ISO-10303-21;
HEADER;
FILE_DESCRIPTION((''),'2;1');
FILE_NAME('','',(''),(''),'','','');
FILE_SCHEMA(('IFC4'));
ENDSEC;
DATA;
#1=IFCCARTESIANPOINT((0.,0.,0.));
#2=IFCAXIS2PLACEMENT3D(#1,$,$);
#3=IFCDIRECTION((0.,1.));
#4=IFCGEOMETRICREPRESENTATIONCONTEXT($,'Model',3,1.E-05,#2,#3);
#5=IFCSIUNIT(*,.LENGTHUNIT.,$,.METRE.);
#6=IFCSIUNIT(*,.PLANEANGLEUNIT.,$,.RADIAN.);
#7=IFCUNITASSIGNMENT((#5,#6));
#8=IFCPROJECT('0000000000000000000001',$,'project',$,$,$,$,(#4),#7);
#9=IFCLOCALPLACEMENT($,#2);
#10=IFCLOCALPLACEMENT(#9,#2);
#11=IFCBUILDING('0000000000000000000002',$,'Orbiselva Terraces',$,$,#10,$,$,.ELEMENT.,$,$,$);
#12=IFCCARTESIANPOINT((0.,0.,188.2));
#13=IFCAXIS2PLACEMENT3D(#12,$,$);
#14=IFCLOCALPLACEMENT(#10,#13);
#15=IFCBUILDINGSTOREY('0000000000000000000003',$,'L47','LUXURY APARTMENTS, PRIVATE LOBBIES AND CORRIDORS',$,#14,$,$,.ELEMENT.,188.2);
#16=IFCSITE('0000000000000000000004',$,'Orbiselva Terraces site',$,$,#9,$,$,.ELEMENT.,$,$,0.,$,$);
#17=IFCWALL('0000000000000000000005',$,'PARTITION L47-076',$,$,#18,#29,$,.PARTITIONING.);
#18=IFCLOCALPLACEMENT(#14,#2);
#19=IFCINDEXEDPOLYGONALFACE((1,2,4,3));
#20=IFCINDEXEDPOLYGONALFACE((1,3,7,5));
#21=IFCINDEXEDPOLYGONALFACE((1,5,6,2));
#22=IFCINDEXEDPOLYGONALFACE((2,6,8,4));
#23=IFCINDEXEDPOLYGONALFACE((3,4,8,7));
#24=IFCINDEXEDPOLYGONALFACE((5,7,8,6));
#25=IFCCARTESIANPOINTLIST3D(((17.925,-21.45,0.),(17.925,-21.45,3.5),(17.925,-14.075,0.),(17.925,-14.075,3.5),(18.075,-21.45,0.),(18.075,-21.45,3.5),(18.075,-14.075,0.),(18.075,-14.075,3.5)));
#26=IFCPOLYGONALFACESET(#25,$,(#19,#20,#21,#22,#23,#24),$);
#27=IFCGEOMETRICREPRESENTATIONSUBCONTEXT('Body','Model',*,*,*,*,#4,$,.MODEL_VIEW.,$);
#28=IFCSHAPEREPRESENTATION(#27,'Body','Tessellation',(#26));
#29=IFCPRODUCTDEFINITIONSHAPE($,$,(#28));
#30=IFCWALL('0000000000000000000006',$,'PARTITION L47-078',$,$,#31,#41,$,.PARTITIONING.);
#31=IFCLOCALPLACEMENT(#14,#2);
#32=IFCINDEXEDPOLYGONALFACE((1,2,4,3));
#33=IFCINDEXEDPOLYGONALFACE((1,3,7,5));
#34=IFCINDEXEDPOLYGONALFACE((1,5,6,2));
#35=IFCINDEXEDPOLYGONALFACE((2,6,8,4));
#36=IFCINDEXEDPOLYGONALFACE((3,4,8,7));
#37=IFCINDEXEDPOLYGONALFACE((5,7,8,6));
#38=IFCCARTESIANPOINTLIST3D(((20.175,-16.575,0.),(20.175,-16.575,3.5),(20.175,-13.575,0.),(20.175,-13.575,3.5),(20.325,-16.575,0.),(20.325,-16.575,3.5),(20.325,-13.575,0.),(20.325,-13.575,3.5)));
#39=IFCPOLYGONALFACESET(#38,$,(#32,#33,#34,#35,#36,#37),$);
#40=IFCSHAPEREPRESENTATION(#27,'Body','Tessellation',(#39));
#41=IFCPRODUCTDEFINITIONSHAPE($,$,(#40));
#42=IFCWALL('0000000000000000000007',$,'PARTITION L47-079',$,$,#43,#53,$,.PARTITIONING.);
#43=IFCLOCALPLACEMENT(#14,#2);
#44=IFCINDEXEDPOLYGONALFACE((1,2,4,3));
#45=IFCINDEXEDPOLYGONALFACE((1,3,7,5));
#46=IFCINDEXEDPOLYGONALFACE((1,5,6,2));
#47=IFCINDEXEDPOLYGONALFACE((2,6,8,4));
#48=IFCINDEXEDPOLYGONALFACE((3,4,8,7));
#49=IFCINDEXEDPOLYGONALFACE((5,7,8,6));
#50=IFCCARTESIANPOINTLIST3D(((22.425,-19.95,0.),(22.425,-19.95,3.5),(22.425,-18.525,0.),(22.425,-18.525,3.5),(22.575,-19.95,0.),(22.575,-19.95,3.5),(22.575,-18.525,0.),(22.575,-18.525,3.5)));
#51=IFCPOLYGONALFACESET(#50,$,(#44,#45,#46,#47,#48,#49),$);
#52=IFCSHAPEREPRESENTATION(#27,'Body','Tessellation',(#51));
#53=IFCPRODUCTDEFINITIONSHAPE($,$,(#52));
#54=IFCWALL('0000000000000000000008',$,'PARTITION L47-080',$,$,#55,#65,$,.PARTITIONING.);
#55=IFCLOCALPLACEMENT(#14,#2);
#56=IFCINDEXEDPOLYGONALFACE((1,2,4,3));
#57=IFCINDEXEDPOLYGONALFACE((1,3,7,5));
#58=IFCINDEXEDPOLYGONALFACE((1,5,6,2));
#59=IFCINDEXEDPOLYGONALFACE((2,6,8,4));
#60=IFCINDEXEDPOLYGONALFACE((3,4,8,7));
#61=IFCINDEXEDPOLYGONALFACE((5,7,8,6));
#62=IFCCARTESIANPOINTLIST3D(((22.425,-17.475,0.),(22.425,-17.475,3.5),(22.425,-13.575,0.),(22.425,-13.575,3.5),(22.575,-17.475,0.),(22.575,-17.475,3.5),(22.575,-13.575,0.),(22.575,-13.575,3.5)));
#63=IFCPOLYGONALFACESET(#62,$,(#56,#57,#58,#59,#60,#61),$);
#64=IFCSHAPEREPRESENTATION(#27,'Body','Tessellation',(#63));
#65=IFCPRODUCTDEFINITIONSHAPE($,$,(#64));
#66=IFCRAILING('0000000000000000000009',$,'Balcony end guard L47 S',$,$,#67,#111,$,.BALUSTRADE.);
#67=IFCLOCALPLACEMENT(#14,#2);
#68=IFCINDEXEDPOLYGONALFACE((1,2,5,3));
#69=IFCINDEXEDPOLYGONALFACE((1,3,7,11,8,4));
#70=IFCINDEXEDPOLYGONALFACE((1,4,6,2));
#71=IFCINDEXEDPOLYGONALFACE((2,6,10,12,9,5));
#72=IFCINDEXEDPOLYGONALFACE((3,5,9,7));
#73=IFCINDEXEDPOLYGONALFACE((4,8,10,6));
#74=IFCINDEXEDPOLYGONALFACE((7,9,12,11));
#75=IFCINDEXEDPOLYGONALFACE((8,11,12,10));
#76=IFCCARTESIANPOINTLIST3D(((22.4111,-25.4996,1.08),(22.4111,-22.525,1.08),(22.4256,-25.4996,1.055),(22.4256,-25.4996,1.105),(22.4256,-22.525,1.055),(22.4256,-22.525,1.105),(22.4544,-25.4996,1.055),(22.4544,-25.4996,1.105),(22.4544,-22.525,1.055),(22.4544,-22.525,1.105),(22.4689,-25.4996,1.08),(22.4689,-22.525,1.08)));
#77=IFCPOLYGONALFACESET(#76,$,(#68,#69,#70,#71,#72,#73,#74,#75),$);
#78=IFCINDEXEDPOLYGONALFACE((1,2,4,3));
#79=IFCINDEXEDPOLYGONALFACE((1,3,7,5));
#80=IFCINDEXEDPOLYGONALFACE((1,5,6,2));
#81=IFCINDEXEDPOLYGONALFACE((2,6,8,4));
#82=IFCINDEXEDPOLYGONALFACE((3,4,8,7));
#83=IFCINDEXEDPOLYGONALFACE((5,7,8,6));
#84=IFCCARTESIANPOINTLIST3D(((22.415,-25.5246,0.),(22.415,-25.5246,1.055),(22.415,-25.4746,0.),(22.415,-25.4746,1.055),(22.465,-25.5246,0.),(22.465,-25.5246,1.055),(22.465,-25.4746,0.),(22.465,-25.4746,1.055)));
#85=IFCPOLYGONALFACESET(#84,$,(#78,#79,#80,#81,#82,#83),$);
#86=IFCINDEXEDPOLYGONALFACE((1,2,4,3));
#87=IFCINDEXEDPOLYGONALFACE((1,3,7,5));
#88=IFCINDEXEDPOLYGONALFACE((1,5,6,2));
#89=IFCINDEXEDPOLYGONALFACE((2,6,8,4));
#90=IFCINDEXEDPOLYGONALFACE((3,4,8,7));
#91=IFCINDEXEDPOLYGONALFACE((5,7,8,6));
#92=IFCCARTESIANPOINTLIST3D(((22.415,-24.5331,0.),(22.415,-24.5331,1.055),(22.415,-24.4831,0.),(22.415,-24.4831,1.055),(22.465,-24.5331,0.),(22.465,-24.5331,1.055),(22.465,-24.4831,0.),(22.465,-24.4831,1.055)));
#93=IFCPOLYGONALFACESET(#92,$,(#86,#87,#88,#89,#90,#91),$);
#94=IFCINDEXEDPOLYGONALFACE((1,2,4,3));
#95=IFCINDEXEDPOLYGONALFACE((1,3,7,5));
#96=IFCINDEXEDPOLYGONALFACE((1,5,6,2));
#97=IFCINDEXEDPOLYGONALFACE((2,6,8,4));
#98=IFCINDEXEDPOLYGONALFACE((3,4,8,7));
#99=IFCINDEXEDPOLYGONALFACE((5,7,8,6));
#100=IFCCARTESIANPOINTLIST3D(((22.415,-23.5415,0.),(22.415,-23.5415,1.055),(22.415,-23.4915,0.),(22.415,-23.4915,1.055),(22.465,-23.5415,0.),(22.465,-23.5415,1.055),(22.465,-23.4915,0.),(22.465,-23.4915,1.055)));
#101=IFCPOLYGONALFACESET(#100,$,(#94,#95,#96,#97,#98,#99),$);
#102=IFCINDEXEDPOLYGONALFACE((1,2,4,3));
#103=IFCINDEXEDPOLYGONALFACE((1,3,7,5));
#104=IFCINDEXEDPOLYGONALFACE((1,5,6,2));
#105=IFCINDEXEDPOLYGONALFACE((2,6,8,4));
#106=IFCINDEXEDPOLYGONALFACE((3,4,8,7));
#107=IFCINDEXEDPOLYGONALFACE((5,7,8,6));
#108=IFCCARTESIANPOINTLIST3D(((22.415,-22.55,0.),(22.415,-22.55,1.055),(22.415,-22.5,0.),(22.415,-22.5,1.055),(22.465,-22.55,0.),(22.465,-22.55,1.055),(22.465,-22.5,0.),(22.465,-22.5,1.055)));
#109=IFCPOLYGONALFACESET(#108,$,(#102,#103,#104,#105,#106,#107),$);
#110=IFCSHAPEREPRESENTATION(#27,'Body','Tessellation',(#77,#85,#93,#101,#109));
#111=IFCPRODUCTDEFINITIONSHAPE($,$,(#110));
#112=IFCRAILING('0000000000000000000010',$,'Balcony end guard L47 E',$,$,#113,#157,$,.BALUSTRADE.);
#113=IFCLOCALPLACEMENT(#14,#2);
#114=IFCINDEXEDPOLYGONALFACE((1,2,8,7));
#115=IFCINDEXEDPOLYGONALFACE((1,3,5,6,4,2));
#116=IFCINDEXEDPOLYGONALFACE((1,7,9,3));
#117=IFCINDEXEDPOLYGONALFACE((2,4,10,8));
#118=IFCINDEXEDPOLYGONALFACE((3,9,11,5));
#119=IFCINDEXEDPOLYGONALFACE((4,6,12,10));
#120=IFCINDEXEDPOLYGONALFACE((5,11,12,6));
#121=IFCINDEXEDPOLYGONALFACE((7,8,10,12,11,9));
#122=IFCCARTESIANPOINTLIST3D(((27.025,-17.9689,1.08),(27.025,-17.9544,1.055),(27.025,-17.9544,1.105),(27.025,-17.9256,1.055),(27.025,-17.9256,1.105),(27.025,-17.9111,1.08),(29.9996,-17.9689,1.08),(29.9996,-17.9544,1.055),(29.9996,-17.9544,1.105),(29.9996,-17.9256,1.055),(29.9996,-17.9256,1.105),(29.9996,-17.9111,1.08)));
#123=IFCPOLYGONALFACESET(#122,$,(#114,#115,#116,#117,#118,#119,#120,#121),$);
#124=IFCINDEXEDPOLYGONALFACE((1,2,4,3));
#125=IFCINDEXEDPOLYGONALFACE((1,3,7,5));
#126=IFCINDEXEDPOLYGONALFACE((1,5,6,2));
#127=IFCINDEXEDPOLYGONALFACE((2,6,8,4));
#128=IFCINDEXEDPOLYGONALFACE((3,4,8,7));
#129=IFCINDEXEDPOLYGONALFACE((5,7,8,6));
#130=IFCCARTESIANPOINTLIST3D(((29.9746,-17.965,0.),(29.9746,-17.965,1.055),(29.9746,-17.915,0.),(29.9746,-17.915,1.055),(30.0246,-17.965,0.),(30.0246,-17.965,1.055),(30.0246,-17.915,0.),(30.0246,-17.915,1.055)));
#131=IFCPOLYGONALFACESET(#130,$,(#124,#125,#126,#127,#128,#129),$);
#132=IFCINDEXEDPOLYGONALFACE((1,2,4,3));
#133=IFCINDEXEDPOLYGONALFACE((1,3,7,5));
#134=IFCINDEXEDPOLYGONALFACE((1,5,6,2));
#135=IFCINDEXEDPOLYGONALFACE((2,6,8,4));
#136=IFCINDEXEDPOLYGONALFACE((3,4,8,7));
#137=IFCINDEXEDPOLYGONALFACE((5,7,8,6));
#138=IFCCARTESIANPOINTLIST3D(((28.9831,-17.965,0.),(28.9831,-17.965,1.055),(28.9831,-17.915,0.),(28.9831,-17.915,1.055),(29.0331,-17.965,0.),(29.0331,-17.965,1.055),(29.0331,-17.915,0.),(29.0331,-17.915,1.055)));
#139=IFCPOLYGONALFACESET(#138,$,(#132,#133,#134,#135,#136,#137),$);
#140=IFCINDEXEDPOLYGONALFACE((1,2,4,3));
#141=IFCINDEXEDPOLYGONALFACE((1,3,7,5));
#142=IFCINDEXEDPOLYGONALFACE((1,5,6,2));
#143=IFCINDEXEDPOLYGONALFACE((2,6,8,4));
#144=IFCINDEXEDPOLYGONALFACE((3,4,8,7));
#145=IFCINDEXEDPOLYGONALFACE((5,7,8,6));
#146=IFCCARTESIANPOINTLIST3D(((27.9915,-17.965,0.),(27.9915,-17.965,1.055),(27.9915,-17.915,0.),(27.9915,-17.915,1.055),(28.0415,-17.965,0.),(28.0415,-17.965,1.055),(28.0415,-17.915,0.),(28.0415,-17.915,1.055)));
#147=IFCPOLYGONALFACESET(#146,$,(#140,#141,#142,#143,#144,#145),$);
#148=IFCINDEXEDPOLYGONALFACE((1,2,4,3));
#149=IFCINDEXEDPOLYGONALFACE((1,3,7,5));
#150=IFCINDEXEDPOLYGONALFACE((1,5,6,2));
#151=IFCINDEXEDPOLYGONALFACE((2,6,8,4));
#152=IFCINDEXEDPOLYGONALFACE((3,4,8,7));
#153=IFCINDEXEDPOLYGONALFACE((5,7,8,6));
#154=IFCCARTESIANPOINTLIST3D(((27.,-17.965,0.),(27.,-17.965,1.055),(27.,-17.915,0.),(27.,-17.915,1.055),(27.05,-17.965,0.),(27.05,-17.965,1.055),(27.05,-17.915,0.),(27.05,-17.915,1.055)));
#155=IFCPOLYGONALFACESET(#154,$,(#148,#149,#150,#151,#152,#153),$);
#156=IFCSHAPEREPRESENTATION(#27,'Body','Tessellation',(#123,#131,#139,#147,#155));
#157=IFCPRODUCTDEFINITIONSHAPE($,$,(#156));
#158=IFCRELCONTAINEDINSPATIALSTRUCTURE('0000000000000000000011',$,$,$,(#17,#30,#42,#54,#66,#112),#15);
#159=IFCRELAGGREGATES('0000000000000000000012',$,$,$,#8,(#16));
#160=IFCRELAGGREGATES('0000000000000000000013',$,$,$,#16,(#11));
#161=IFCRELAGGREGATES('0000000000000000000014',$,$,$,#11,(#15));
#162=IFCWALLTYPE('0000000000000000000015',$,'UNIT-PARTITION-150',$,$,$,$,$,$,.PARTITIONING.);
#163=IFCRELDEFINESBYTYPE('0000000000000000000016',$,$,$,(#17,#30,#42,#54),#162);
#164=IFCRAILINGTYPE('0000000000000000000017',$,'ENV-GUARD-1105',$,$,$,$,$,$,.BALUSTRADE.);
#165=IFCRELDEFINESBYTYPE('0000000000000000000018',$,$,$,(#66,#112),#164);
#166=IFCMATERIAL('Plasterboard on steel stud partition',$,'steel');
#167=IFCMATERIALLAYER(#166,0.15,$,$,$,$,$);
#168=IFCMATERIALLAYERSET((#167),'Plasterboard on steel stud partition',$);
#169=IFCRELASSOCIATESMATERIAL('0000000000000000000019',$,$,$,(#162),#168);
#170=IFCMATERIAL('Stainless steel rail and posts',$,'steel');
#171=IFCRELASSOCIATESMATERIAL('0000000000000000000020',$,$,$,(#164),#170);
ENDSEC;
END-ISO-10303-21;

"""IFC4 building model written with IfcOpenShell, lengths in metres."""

from ifc_helpers import new_model, si_unit, direction, frame, frame_2d, origin, origin_2d, place, context, subcontext, project, spatial, polyline, rectangle, outline, extrude, material, layer, layer_set, type_object, element, save


model = new_model("IFC4")

# Units and contexts
model_context = context("Model", 3, precision=1e-05, world=origin(), true_north=direction((0.0, 1.0)))
body_context = subcontext(model_context, "Body", "Model", "MODEL_VIEW")
ifc_project = project(units=[si_unit("LENGTHUNIT", "METRE"), si_unit("PLANEANGLEUNIT", "RADIAN")], contexts=[model_context])

# Site, building, storey
site_placement = place(None, origin())
site = spatial("IfcSite", under=ifc_project, at=site_placement, Name="Orbiselva Terraces site", CompositionType="ELEMENT", RefElevation=0.0)
building_placement = place(site_placement, origin())
building = spatial("IfcBuilding", under=site, at=building_placement, Name="Orbiselva Terraces", CompositionType="ELEMENT")
storey_placement = place(building_placement, frame((0.0, 0.0, 188.2)))
storey = spatial("IfcBuildingStorey", under=building, at=storey_placement, Name="L47", Description="LUXURY APARTMENTS, PRIVATE LOBBIES AND CORRIDORS", CompositionType="ELEMENT", Elevation=188.2)

# Walls
ifc_material_1 = material(Name="Plasterboard on steel stud partition", Category="steel")
ifc_layer_1 = layer(ifc_material_1, 0.15)
ifc_layer_set_1 = layer_set([ifc_layer_1], Name="Plasterboard on steel stud partition")
wall_type_1 = type_object("IfcWallType", Name="UNIT-PARTITION-150", PredefinedType="PARTITIONING", material=ifc_layer_set_1)
wall_1_placement = place(storey_placement, frame((18.0, -21.45, 0.0), z_axis=(0.0, 0.0, 1.0), x_axis=(0.0, 1.0, 0.0)))
element("IfcWall", 1, at=wall_1_placement, inside=storey, type_object=wall_type_1, Name="PARTITION L47-076", PredefinedType="PARTITIONING", context=body_context, shape_type="SweptSolid", body=[
    extrude(rectangle(XDim=7.375, YDim=0.15, at=frame_2d((3.6875, 0.0))), origin(), (0.0, 0.0, 1.0), 3.5),
])
wall_2_placement = place(storey_placement, frame((20.25, -16.575, 0.0), z_axis=(0.0, 0.0, 1.0), x_axis=(0.0, 1.0, 0.0)))
element("IfcWall", 2, at=wall_2_placement, inside=storey, type_object=wall_type_1, Name="PARTITION L47-078", PredefinedType="PARTITIONING", context=body_context, shape_type="SweptSolid", body=[
    extrude(rectangle(XDim=3.0, YDim=0.15, at=frame_2d((1.5, 0.0))), origin(), (0.0, 0.0, 1.0), 3.5),
])
wall_3_placement = place(storey_placement, frame((22.5, -19.95, 0.0), z_axis=(0.0, 0.0, 1.0), x_axis=(0.0, 1.0, 0.0)))
element("IfcWall", 3, at=wall_3_placement, inside=storey, type_object=wall_type_1, Name="PARTITION L47-079", PredefinedType="PARTITIONING", context=body_context, shape_type="SweptSolid", body=[
    extrude(rectangle(XDim=1.425, YDim=0.15, at=frame_2d((0.7125, 0.0))), origin(), (0.0, 0.0, 1.0), 3.5),
])
wall_4_placement = place(storey_placement, frame((22.5, -17.475, 0.0), z_axis=(0.0, 0.0, 1.0), x_axis=(0.0, 1.0, 0.0)))
element("IfcWall", 4, at=wall_4_placement, inside=storey, type_object=wall_type_1, Name="PARTITION L47-080", PredefinedType="PARTITIONING", context=body_context, shape_type="SweptSolid", body=[
    extrude(rectangle(XDim=3.9, YDim=0.15, at=frame_2d((1.95, 0.0))), origin(), (0.0, 0.0, 1.0), 3.5),
])

# Railings
ifc_material_2 = material(Name="Stainless steel rail and posts", Category="steel")
railing_type_1 = type_object("IfcRailingType", Name="ENV-GUARD-1105", PredefinedType="BALUSTRADE", material=ifc_material_2)
railing_1_placement = place(storey_placement, frame((22.44, -25.4996, 0.0)))
element("IfcRailing", 5, at=railing_1_placement, inside=storey, type_object=railing_type_1, Name="Balcony end guard L47 S", PredefinedType="BALUSTRADE", context=body_context, shape_type="SweptSolid", body=[
    extrude(outline(polyline([(0.0289, 0.0), (0.0144, 0.025), (-0.0144, 0.025), (-0.0289, 0.0), (-0.0144, -0.025), (0.0144, -0.025), (0.0289, 0.0)])), frame((0.0, 0.0, 1.08), z_axis=(0.0, 1.0, 0.0), x_axis=(-1.0, 0.0, 0.0)), (0.0, 0.0, 1.0), 2.9746),
    extrude(rectangle(XDim=0.05, YDim=0.05, at=origin_2d()), origin(), (0.0, 0.0, 1.0), 1.055),
    extrude(rectangle(XDim=0.05, YDim=0.05, at=origin_2d()), frame((0.0, 0.9915, 0.0)), (0.0, 0.0, 1.0), 1.055),
    extrude(rectangle(XDim=0.05, YDim=0.05, at=origin_2d()), frame((0.0, 1.9831, 0.0)), (0.0, 0.0, 1.0), 1.055),
    extrude(rectangle(XDim=0.05, YDim=0.05, at=origin_2d()), frame((0.0, 2.9746, 0.0)), (0.0, 0.0, 1.0), 1.055),
])
railing_2_placement = place(storey_placement, frame((29.9996, -17.94, 0.0)))
element("IfcRailing", 6, at=railing_2_placement, inside=storey, type_object=railing_type_1, Name="Balcony end guard L47 E", PredefinedType="BALUSTRADE", context=body_context, shape_type="SweptSolid", body=[
    extrude(outline(polyline([(0.0289, 0.0), (0.0144, 0.025), (-0.0144, 0.025), (-0.0289, 0.0), (-0.0144, -0.025), (0.0144, -0.025), (0.0289, 0.0)])), frame((0.0, 0.0, 1.08), z_axis=(-1.0, 0.0, 0.0), x_axis=(0.0, -1.0, 0.0)), (0.0, 0.0, 1.0), 2.9746),
    extrude(rectangle(XDim=0.05, YDim=0.05, at=origin_2d()), origin(), (0.0, 0.0, 1.0), 1.055),
    extrude(rectangle(XDim=0.05, YDim=0.05, at=origin_2d()), frame((-0.9915, 0.0, 0.0)), (0.0, 0.0, 1.0), 1.055),
    extrude(rectangle(XDim=0.05, YDim=0.05, at=origin_2d()), frame((-1.9831, 0.0, 0.0)), (0.0, 0.0, 1.0), 1.055),
    extrude(rectangle(XDim=0.05, YDim=0.05, at=origin_2d()), frame((-2.9746, 0.0, 0.0)), (0.0, 0.0, 1.0), 1.055),
])

save(model, "model.ifc")
